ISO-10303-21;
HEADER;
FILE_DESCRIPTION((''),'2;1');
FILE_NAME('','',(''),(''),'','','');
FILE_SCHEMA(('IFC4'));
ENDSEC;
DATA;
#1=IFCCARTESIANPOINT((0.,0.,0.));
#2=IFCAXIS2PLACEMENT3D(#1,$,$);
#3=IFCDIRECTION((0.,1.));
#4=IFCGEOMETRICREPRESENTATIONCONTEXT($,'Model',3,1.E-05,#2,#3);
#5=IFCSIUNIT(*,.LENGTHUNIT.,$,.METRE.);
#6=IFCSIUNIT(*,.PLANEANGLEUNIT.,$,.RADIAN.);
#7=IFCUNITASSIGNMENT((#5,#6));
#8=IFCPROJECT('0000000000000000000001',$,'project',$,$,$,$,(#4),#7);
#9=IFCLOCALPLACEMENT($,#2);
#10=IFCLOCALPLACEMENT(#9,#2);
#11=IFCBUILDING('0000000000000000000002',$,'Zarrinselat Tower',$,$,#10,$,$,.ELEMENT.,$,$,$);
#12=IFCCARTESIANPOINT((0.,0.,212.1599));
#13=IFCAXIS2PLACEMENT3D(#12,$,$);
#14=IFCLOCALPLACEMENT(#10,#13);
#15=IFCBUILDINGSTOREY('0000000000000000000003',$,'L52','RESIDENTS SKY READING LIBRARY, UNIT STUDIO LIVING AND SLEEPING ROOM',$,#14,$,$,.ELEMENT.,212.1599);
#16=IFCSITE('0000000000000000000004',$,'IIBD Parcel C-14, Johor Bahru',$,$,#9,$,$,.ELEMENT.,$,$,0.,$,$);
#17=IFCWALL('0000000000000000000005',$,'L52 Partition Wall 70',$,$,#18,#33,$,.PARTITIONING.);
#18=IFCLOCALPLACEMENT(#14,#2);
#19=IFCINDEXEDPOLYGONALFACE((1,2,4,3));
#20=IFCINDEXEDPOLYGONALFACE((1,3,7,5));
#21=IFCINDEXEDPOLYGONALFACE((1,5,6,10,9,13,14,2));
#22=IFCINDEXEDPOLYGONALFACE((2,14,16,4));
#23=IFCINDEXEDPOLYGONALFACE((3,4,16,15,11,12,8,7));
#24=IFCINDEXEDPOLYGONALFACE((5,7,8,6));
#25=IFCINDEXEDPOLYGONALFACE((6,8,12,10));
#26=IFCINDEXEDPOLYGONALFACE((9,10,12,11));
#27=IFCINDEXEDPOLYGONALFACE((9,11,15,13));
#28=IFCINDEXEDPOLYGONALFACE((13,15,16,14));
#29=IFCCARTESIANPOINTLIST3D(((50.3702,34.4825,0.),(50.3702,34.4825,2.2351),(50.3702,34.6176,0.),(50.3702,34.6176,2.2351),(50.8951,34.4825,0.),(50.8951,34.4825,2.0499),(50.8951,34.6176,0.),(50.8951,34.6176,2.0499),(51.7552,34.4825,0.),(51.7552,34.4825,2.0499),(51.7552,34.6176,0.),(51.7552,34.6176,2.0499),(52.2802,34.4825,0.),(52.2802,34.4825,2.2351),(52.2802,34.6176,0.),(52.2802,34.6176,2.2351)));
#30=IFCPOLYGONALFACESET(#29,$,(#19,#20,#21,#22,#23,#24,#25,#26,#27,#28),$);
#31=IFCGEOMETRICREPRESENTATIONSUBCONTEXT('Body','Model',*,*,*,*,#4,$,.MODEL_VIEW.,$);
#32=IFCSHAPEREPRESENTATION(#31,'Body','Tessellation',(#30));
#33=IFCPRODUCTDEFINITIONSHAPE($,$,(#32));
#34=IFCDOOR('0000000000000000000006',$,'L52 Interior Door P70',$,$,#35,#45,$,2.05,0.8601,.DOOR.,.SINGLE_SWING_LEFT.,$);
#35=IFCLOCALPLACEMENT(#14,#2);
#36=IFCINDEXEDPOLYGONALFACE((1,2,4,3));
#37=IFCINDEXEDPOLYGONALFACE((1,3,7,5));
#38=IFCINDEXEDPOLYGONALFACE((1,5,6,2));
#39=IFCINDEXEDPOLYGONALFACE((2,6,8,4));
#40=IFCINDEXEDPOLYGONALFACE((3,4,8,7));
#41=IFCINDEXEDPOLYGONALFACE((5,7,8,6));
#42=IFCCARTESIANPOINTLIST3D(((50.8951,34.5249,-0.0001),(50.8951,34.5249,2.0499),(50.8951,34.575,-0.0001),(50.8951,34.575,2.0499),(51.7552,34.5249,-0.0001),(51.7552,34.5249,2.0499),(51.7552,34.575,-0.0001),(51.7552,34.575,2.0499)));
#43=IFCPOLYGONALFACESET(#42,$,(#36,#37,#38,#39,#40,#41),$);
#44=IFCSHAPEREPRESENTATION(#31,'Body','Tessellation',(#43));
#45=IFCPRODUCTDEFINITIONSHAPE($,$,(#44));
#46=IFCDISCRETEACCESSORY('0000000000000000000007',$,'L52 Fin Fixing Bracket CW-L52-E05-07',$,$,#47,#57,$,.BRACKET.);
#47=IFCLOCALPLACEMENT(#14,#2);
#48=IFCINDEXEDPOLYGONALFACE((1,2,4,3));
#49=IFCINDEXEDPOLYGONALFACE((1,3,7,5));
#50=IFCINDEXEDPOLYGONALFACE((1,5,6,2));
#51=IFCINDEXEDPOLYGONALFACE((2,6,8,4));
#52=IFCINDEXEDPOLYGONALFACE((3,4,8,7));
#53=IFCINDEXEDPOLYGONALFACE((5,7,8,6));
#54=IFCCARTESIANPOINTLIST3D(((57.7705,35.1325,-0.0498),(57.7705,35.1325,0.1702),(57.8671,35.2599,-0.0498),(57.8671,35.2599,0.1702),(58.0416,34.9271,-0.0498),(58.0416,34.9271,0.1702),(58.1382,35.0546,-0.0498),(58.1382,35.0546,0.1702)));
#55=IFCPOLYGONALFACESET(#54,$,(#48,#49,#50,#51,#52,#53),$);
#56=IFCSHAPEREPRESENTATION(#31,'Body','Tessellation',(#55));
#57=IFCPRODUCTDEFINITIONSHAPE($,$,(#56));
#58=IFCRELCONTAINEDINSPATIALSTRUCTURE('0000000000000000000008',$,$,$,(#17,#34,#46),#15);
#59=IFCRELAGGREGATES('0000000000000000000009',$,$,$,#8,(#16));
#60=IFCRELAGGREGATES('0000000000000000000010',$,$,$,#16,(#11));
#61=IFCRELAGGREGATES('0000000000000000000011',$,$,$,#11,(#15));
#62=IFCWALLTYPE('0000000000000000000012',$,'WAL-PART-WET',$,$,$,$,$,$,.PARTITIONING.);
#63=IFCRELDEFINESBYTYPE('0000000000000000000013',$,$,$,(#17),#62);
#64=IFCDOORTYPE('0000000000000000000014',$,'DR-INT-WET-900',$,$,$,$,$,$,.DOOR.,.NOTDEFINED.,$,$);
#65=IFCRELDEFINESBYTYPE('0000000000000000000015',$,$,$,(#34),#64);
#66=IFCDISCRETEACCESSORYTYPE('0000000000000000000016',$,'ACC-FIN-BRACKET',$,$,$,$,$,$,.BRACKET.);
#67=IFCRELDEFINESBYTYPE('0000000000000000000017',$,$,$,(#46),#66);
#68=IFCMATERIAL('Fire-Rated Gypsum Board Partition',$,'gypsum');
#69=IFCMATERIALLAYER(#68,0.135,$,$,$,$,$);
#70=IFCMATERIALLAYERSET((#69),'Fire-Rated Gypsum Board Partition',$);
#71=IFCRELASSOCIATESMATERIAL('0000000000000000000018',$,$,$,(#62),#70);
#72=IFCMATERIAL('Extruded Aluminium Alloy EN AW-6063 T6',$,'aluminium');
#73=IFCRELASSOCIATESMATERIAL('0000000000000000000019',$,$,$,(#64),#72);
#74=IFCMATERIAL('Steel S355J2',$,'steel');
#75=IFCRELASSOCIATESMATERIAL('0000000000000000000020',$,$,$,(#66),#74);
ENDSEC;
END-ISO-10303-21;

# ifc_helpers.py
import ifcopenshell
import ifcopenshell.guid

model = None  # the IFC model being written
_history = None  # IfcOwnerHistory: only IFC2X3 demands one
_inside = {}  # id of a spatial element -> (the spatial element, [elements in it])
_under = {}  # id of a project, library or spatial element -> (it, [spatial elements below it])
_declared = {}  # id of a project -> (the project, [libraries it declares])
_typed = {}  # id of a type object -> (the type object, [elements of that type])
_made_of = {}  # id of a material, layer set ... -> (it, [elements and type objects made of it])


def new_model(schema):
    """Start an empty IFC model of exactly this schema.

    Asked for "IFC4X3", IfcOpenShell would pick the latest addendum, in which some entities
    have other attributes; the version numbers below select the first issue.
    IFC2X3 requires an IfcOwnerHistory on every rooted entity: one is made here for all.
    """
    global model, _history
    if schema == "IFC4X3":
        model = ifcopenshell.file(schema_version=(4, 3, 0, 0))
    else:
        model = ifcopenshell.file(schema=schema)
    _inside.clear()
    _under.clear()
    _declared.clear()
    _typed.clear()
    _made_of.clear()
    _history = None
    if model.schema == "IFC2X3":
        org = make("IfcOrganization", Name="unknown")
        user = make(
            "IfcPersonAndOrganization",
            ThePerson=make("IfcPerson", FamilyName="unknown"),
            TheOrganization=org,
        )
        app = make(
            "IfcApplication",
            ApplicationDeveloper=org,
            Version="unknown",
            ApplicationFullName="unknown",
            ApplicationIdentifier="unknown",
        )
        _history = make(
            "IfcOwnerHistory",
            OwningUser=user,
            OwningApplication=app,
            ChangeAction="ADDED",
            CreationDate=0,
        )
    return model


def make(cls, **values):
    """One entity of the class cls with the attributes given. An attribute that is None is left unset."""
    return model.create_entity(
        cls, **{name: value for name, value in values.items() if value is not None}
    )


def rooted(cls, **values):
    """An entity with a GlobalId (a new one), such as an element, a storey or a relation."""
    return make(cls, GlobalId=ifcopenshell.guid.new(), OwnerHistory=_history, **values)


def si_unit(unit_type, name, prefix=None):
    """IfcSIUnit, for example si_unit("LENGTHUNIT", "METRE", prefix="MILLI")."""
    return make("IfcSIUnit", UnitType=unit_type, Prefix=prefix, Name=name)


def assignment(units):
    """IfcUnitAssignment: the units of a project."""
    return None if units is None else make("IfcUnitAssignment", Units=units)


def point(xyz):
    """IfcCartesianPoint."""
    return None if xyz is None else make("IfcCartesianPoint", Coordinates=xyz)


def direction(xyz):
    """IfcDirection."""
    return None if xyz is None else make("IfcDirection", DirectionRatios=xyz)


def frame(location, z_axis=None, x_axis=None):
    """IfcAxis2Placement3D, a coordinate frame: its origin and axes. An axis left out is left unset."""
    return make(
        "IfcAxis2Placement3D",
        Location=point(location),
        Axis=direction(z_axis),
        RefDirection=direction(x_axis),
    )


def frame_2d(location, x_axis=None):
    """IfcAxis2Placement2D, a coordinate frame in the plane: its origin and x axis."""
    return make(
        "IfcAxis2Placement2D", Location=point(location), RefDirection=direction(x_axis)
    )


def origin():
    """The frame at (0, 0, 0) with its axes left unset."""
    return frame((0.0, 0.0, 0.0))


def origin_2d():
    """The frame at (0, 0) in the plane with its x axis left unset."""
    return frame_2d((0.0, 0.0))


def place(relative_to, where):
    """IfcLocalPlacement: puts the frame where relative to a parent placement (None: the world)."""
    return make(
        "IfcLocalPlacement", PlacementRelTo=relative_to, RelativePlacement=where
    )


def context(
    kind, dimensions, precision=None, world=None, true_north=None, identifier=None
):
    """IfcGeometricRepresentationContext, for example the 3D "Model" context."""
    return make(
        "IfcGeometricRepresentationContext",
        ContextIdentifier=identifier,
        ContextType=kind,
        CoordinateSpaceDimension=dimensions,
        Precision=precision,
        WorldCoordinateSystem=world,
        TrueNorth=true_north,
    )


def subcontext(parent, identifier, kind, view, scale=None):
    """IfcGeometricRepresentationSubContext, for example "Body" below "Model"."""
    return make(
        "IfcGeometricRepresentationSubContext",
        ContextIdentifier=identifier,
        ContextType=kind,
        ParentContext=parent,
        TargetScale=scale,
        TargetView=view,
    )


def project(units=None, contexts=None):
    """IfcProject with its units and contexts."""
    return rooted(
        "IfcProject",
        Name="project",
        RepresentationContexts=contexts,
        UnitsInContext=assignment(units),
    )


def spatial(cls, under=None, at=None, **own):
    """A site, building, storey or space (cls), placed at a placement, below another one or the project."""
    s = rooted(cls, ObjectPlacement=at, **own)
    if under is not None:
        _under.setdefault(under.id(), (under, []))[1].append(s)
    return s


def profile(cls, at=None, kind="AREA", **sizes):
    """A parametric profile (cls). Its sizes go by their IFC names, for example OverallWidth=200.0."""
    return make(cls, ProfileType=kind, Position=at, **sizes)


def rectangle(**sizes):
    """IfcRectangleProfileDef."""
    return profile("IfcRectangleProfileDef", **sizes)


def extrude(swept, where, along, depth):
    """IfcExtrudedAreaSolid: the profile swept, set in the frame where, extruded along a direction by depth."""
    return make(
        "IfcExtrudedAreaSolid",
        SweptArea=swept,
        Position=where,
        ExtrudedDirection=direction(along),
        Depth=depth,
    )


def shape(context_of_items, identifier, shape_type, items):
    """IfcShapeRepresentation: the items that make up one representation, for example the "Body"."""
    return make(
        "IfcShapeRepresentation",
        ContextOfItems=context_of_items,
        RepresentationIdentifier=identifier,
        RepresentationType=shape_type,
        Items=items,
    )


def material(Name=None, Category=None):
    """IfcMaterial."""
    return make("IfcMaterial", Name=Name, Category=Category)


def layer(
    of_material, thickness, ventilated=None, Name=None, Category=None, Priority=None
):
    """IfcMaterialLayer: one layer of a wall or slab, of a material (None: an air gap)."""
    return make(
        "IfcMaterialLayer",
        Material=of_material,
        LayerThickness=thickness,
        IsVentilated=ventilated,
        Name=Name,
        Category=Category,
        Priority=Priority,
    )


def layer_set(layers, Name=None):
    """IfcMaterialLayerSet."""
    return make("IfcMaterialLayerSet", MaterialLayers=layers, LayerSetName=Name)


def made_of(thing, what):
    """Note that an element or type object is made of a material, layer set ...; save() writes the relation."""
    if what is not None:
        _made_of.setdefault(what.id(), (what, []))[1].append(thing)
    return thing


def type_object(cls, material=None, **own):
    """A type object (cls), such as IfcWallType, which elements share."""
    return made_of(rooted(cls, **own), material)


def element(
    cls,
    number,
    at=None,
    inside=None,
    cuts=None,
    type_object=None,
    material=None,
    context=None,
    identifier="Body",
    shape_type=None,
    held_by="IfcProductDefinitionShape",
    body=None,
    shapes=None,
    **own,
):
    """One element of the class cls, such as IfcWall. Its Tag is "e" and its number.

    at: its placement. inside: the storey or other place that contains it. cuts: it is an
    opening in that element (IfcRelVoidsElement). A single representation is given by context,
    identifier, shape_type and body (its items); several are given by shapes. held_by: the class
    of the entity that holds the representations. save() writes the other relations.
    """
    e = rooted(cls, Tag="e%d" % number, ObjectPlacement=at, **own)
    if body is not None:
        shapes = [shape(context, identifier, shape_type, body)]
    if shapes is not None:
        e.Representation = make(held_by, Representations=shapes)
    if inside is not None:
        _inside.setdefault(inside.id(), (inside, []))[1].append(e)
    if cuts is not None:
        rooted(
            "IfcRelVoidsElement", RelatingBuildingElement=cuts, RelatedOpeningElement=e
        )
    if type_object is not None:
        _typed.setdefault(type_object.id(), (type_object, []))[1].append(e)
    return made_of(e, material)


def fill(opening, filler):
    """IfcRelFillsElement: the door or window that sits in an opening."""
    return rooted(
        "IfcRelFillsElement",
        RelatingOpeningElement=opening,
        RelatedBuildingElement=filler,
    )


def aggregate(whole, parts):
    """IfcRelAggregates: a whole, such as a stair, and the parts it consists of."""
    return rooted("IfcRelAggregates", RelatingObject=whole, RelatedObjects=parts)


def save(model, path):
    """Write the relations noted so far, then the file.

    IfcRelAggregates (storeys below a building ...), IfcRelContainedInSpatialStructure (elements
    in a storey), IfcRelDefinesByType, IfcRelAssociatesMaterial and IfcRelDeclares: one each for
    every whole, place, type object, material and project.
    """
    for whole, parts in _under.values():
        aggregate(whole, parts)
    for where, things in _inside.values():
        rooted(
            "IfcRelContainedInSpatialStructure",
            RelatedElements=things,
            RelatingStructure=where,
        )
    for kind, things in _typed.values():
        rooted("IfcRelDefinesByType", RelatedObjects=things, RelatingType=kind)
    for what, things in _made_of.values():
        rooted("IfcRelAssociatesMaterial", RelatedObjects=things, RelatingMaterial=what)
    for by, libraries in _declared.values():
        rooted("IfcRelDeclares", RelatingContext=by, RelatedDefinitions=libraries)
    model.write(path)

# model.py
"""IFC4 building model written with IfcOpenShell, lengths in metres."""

from ifc_helpers import new_model, si_unit, direction, frame, frame_2d, origin, origin_2d, place, context, subcontext, project, spatial, rectangle, extrude, material, layer, layer_set, type_object, element, fill, save


model = new_model("IFC4")

# Units and contexts
model_context = context("Model", 3, precision=1e-05, world=origin(), true_north=direction((0.0, 1.0)))
body_context = subcontext(model_context, "Body", "Model", "MODEL_VIEW")
ifc_project = project(units=[si_unit("LENGTHUNIT", "METRE"), si_unit("PLANEANGLEUNIT", "RADIAN")], contexts=[model_context])

# Site, building, storey
site_placement = place(None, origin())
site = spatial("IfcSite", under=ifc_project, at=site_placement, Name="IIBD Parcel C-14, Johor Bahru", CompositionType="ELEMENT", RefElevation=0.0)
building_placement = place(site_placement, origin())
building = spatial("IfcBuilding", under=site, at=building_placement, Name="Zarrinselat Tower", CompositionType="ELEMENT")
storey_placement = place(building_placement, frame((0.0, 0.0, 212.1599)))
storey = spatial("IfcBuildingStorey", under=building, at=storey_placement, Name="L52", Description="RESIDENTS SKY READING LIBRARY, UNIT STUDIO LIVING AND SLEEPING ROOM", CompositionType="ELEMENT", Elevation=212.1599)

# Shared definitions
ifc_material_1 = material(Name="Fire-Rated Gypsum Board Partition", Category="gypsum")
ifc_layer_1 = layer(ifc_material_1, 0.135)
ifc_layer_set_1 = layer_set([ifc_layer_1], Name="Fire-Rated Gypsum Board Partition")
wall_type_1 = type_object("IfcWallType", Name="WAL-PART-WET", PredefinedType="PARTITIONING", material=ifc_layer_set_1)

# Wall, opening, door
wall_1_placement = place(storey_placement, frame((50.3701, 34.55, 0.0), z_axis=(0.0, 0.0, 1.0), x_axis=(1.0, 0.0, 0.0)))
wall_1 = element("IfcWall", 1, at=wall_1_placement, inside=storey, type_object=wall_type_1, Name="L52 Partition Wall 70", PredefinedType="PARTITIONING", context=body_context, shape_type="SweptSolid", body=[
    extrude(rectangle(XDim=1.9099, YDim=0.135, at=frame_2d((0.9551, 0.0))), origin(), (0.0, 0.0, 1.0), 2.2351),
])
opening_1_placement = place(wall_1_placement, frame((0.5249, 0.0, 0.0)))
opening_1 = element("IfcOpeningElement", 2, at=opening_1_placement, cuts=wall_1, PredefinedType="OPENING", context=body_context, shape_type="SweptSolid", body=[
    extrude(rectangle(XDim=0.8601, YDim=2.05, at=frame_2d((0.4302, 1.0249))), frame((0.0, 0.0774, 0.0), z_axis=(0.0, -1.0, 0.0), x_axis=(1.0, 0.0, 0.0)), (0.0, 0.0, 1.0), 0.155),
])
ifc_material_2 = material(Name="Extruded Aluminium Alloy EN AW-6063 T6", Category="aluminium")
door_type_1 = type_object("IfcDoorType", Name="DR-INT-WET-900", OperationType="NOTDEFINED", PredefinedType="DOOR", material=ifc_material_2)
door_1_placement = place(opening_1_placement, origin())
door_1 = element("IfcDoor", 3, at=door_1_placement, inside=storey, type_object=door_type_1, Name="L52 Interior Door P70", OperationType="SINGLE_SWING_LEFT", OverallHeight=2.05, OverallWidth=0.8601, PredefinedType="DOOR", context=body_context, shape_type="SweptSolid", body=[
    extrude(rectangle(XDim=0.8601, YDim=2.05, at=frame_2d((0.4302, 1.0249))), frame((0.0, 0.0249, 0.0), z_axis=(0.0, -1.0, 0.0), x_axis=(1.0, 0.0, 0.0)), (0.0, 0.0, 1.0), 0.05),
])
fill(opening_1, door_1)

# Discrete accessory
ifc_material_3 = material(Name="Steel S355J2", Category="steel")
discrete_accessory_type = type_object("IfcDiscreteAccessoryType", Name="ACC-FIN-BRACKET", PredefinedType="BRACKET", material=ifc_material_3)
discrete_accessory_placement = place(storey_placement, frame((57.9543, 35.0935, -0.0498), z_axis=(0.0, 0.0, 1.0), x_axis=(0.797091, -0.603859, 0.0)))
element("IfcDiscreteAccessory", 4, at=discrete_accessory_placement, inside=storey, type_object=discrete_accessory_type, Name="L52 Fin Fixing Bracket CW-L52-E05-07", PredefinedType="BRACKET", context=body_context, shape_type="SweptSolid", body=[
    extrude(rectangle(XDim=0.3401, YDim=0.1599, at=origin_2d()), origin(), (0.0, 0.0, 1.0), 0.22),
])

save(model, "model.ifc")
